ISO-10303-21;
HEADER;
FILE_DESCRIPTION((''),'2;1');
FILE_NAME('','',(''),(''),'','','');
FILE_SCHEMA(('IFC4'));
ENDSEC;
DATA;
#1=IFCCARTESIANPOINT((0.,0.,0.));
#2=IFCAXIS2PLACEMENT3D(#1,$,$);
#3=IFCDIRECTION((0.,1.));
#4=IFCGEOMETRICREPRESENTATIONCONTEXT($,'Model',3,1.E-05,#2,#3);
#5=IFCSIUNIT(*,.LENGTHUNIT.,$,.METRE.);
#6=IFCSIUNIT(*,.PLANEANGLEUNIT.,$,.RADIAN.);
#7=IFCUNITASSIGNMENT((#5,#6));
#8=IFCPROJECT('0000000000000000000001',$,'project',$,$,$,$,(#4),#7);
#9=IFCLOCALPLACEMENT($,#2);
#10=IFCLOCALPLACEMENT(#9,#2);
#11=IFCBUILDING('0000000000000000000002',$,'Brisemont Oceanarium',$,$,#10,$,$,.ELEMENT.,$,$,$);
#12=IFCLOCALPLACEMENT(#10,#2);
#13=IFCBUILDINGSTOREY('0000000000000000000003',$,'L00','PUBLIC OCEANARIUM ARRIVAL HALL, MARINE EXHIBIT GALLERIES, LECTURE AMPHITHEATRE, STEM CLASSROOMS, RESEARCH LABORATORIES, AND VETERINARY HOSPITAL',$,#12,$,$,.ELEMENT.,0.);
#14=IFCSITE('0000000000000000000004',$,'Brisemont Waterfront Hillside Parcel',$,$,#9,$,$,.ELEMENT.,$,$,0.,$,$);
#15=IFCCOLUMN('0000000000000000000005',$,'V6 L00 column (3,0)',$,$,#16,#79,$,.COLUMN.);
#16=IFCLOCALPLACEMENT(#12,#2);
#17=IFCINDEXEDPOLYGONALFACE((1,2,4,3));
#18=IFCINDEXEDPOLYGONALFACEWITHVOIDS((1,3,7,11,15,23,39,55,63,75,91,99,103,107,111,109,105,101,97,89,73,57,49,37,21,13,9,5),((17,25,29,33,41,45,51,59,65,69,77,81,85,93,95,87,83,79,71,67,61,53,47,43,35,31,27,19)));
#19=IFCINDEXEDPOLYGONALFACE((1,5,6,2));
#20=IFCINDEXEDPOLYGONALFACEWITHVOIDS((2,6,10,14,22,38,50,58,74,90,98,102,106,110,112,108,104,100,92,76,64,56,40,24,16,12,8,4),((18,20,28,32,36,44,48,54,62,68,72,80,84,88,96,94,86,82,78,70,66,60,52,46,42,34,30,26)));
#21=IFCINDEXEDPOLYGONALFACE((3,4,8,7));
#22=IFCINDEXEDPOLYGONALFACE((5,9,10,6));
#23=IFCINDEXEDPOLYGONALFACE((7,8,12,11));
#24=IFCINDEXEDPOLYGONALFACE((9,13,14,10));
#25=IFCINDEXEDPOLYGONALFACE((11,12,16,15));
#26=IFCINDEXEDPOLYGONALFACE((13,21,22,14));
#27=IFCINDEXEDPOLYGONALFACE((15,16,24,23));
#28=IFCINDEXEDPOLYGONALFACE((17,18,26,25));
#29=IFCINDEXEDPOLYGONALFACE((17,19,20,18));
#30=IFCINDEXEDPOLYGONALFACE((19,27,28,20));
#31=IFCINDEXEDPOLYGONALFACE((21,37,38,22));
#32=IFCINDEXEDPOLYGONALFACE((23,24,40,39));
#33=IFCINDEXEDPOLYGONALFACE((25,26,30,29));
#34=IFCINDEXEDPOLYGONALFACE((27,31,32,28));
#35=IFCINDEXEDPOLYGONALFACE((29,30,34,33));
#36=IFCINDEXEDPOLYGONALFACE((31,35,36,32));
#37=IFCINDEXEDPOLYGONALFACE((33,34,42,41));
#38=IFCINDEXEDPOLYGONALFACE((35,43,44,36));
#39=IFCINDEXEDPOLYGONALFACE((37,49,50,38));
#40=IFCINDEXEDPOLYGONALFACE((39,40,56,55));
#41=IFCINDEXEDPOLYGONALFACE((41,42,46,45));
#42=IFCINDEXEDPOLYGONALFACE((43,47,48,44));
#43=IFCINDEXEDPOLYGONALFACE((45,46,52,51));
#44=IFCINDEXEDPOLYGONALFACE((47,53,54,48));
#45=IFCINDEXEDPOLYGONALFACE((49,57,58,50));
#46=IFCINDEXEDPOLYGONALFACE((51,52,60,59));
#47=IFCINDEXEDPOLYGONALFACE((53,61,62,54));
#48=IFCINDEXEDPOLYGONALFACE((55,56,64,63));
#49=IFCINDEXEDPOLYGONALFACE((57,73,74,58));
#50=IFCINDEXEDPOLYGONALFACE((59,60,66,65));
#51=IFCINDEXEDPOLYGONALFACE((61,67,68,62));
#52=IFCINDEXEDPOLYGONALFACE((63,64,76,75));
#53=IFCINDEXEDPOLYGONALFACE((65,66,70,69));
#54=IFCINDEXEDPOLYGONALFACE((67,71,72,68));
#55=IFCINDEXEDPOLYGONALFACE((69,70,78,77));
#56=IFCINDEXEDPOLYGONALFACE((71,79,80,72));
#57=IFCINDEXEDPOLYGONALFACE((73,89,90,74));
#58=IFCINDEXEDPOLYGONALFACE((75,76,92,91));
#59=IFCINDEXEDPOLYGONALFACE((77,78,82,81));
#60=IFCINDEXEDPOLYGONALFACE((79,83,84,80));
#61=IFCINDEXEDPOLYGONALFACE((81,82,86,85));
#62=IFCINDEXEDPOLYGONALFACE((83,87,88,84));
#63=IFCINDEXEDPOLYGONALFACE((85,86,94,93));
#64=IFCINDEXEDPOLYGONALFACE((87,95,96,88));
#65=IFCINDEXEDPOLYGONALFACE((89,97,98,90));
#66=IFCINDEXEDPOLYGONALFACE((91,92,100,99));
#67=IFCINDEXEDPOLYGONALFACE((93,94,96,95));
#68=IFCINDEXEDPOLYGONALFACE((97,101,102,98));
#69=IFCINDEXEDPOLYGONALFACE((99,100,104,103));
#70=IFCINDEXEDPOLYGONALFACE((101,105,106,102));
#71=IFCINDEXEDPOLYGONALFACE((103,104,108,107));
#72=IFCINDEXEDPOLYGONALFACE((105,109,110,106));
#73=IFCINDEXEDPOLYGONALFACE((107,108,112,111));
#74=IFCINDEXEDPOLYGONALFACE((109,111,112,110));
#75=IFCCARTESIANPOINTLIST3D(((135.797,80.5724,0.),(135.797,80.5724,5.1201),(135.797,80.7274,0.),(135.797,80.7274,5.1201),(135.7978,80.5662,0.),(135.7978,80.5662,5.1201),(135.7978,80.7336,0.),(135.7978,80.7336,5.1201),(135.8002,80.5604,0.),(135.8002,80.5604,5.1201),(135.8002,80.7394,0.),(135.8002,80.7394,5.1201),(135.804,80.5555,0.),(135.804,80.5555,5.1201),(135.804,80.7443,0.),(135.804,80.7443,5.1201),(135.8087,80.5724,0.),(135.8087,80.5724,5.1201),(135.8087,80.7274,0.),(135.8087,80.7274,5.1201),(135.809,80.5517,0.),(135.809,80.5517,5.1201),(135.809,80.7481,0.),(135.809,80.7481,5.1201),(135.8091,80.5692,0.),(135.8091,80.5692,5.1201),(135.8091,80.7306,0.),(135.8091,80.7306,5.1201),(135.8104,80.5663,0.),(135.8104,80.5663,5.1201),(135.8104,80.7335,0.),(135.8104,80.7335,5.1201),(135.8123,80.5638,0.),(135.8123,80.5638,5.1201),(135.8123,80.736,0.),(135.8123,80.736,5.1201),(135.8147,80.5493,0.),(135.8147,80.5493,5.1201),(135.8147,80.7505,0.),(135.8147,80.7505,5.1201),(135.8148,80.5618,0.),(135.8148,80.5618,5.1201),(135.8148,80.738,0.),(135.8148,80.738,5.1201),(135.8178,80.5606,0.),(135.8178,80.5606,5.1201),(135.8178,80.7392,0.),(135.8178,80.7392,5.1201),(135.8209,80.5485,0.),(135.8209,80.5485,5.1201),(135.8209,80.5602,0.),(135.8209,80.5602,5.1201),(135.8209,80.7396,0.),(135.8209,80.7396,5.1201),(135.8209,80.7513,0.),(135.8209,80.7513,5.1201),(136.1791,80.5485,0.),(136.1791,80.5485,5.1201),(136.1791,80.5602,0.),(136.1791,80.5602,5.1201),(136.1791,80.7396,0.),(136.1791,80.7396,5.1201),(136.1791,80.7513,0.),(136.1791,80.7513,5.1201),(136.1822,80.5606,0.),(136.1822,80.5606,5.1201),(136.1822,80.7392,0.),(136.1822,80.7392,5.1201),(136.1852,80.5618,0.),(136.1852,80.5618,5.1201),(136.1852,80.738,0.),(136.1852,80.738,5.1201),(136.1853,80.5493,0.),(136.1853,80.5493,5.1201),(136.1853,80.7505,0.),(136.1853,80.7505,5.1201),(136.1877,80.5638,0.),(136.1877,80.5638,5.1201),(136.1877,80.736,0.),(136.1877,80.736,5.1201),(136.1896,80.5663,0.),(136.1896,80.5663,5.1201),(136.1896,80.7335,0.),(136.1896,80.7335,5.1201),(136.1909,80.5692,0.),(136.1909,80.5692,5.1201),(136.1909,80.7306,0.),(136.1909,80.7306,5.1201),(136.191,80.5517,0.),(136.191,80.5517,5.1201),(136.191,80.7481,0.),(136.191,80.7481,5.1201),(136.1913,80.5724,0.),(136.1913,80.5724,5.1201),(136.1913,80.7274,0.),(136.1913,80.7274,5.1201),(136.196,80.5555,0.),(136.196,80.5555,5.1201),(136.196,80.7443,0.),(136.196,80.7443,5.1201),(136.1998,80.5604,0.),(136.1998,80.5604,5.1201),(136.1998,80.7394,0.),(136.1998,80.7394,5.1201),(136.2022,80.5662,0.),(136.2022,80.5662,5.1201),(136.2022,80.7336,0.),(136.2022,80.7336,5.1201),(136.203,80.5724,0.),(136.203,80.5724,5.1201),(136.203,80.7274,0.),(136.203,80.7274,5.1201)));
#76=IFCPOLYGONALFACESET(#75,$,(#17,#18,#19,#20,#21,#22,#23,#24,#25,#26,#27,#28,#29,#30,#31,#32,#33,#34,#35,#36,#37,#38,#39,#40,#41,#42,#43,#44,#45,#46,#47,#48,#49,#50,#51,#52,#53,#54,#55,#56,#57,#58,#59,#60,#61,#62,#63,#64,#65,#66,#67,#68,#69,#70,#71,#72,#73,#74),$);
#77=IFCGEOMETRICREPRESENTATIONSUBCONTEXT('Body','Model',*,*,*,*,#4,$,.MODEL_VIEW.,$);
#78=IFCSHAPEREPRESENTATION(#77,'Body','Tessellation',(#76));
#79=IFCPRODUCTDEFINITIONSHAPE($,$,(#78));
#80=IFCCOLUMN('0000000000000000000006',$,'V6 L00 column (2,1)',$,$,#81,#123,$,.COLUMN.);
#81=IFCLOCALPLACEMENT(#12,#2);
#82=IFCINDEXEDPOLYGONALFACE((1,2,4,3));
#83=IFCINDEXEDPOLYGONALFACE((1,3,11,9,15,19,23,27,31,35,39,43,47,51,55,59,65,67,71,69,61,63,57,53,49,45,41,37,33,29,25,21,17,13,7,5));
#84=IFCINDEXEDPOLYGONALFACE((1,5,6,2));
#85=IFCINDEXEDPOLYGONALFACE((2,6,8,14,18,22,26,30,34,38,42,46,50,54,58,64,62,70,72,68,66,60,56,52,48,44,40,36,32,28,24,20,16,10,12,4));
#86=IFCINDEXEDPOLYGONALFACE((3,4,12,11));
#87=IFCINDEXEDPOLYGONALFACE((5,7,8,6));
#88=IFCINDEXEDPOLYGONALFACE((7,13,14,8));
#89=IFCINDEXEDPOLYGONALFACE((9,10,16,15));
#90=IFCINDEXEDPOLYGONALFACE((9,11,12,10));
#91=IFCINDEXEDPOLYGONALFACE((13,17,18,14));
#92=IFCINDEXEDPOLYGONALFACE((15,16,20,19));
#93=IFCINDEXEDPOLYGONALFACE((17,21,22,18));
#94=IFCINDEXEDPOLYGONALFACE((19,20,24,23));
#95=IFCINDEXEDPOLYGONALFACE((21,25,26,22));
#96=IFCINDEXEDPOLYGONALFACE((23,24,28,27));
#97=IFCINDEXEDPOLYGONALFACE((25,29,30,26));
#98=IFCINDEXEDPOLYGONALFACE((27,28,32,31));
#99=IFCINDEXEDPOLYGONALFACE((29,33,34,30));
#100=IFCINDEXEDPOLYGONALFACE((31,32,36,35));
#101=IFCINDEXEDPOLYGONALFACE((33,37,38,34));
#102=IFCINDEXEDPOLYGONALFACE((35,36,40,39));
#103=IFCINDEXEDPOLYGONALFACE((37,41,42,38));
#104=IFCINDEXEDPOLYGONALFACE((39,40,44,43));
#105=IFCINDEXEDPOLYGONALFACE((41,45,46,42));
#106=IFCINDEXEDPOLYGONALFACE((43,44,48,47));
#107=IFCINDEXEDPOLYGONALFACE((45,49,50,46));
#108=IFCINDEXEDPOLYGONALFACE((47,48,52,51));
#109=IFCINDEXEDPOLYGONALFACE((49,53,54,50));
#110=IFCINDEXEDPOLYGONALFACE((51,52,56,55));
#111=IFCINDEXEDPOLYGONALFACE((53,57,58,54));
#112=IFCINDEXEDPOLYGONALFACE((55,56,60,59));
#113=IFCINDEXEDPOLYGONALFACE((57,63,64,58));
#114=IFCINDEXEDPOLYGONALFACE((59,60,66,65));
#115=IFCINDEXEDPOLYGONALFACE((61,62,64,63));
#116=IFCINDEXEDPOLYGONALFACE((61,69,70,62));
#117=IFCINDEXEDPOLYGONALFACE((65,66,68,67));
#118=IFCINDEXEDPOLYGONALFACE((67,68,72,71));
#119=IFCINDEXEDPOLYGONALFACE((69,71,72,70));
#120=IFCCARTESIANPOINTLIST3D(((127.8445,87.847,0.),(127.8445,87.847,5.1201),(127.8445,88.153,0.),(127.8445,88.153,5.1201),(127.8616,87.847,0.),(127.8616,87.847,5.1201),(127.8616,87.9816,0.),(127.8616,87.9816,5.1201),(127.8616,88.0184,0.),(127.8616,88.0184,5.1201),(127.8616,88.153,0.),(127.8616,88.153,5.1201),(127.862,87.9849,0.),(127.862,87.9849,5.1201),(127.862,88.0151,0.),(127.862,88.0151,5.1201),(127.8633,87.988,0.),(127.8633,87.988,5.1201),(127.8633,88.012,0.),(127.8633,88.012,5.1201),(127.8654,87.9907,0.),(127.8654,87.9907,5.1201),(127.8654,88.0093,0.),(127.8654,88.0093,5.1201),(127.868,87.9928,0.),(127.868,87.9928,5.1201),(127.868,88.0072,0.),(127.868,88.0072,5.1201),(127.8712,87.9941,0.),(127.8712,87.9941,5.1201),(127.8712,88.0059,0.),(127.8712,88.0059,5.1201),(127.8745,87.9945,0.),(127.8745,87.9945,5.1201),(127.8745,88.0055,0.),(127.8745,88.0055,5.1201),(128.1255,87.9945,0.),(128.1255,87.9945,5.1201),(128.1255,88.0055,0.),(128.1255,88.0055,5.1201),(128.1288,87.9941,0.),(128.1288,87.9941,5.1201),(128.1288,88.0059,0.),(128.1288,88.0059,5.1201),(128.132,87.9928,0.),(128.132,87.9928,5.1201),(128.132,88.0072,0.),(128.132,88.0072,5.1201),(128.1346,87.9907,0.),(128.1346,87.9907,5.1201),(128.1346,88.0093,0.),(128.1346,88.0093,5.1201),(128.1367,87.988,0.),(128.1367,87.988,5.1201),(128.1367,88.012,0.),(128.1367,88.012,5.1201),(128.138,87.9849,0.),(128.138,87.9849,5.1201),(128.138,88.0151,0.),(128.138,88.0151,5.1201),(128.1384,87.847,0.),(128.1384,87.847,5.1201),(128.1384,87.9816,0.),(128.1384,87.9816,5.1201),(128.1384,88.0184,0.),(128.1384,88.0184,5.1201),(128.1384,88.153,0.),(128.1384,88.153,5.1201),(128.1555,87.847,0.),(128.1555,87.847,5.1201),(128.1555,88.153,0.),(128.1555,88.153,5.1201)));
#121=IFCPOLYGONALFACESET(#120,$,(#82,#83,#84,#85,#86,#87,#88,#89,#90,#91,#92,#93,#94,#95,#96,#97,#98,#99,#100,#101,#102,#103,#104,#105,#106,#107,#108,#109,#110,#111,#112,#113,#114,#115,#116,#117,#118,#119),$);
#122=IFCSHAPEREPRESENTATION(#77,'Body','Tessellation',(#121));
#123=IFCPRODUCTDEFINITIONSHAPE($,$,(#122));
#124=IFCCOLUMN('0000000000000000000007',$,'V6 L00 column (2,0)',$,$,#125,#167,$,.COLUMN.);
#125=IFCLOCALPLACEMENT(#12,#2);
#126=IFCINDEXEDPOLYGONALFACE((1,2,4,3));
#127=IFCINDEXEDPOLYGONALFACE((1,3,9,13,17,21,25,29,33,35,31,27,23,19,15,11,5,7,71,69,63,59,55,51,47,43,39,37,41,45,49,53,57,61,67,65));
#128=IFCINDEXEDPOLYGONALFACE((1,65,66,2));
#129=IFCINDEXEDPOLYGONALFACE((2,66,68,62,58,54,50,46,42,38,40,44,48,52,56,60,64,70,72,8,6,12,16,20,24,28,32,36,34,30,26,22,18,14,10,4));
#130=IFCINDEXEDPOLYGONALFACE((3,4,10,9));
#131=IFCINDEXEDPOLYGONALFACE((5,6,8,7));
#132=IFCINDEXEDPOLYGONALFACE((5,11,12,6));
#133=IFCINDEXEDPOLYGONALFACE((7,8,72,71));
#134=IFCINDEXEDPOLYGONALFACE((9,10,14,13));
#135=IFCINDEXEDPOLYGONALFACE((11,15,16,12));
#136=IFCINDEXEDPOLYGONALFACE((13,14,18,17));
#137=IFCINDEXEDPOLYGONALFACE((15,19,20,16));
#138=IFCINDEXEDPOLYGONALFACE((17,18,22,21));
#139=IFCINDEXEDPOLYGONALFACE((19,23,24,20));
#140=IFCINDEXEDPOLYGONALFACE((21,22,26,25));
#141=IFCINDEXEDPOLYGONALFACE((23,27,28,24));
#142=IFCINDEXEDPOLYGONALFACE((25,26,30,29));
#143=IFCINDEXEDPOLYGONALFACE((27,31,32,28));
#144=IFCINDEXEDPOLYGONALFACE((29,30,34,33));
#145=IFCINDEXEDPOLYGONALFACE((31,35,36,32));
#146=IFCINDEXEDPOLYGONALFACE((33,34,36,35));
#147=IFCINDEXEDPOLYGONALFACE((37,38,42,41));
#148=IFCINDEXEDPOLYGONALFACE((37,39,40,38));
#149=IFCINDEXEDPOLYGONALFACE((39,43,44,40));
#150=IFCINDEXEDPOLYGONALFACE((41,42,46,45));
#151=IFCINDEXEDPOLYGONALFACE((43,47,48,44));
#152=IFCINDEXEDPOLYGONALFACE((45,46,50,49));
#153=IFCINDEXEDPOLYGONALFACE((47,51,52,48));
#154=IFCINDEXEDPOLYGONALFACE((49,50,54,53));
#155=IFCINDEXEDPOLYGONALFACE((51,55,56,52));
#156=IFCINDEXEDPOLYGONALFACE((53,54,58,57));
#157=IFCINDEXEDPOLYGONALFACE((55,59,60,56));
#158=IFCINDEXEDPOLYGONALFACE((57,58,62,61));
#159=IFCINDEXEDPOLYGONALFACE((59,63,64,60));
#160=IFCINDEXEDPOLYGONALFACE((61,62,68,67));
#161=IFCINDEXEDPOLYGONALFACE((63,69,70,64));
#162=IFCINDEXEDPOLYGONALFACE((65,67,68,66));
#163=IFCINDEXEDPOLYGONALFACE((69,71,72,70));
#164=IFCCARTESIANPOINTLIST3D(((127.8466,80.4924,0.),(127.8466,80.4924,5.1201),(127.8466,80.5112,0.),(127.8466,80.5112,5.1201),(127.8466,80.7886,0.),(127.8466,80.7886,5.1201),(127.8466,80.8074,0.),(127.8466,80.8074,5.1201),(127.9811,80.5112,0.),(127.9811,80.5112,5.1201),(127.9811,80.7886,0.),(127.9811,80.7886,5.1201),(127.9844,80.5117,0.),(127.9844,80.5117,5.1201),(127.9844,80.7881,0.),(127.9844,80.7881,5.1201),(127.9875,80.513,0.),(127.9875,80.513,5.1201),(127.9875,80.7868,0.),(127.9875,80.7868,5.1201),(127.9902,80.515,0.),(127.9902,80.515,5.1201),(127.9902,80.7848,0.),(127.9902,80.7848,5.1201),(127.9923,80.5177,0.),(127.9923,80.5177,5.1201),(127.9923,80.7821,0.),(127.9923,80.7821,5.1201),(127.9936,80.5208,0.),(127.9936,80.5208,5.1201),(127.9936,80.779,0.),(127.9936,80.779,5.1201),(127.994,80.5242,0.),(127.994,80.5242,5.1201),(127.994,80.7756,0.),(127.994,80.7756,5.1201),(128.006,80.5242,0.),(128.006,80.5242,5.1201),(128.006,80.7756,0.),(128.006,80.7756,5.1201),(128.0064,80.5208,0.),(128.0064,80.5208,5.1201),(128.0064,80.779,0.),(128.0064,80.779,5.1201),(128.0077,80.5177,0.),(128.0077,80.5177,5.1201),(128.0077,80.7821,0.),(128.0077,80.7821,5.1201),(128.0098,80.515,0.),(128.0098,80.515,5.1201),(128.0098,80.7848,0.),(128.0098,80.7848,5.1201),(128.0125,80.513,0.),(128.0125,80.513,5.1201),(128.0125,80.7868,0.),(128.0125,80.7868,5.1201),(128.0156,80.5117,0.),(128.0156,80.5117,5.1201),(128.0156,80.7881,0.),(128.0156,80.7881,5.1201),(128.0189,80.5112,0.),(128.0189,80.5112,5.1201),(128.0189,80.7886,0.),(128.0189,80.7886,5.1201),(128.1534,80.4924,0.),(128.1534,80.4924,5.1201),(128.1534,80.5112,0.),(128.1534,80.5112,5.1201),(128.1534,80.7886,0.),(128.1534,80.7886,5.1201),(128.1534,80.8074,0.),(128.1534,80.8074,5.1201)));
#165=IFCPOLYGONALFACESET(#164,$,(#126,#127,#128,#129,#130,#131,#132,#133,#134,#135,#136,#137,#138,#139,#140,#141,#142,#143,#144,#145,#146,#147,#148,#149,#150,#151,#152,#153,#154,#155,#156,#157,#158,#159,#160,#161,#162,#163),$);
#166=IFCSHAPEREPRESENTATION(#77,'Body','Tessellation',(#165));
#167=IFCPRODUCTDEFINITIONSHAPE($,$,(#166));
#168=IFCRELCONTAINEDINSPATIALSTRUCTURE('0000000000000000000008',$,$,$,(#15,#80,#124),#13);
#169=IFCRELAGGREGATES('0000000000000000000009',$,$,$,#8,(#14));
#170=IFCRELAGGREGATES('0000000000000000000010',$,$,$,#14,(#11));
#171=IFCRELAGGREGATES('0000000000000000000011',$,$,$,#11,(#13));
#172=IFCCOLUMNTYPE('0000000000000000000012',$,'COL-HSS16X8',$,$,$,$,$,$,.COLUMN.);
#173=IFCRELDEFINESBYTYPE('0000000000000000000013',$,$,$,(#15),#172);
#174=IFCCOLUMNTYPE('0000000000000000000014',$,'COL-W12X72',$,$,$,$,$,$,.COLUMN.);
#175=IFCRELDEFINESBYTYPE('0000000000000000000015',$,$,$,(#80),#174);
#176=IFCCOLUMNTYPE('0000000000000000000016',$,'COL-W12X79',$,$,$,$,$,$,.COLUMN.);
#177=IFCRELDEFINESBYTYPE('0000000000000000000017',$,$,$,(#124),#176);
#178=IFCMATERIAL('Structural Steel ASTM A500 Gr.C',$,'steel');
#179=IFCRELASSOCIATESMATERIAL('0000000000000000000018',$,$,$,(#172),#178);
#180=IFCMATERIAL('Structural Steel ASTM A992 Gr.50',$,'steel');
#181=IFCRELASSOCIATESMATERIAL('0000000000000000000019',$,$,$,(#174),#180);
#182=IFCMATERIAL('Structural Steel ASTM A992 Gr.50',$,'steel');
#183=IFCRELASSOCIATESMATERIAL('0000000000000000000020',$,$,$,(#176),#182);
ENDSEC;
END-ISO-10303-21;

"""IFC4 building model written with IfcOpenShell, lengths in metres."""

from ifc_helpers import new_model, si_unit, direction, frame, origin, origin_2d, place, context, subcontext, project, spatial, hollow_rectangle, i_section, extrude, material, material_profile, profile_set, type_object, element, save


model = new_model("IFC4")

# Units and contexts
model_context = context("Model", 3, precision=1e-05, world=origin(), true_north=direction((0.0, 1.0)))
body_context = subcontext(model_context, "Body", "Model", "MODEL_VIEW")
ifc_project = project(units=[si_unit("LENGTHUNIT", "METRE"), si_unit("PLANEANGLEUNIT", "RADIAN")], contexts=[model_context])

# Site, building, storey
site_placement = place(None, origin())
site = spatial("IfcSite", under=ifc_project, at=site_placement, Name="Brisemont Waterfront Hillside Parcel", CompositionType="ELEMENT", RefElevation=0.0)
building_placement = place(site_placement, origin())
building = spatial("IfcBuilding", under=site, at=building_placement, Name="Brisemont Oceanarium", CompositionType="ELEMENT")
storey_placement = place(building_placement, origin())
storey = spatial("IfcBuildingStorey", under=building, at=storey_placement, Name="L00", Description="PUBLIC OCEANARIUM ARRIVAL HALL, MARINE EXHIBIT GALLERIES, LECTURE AMPHITHEATRE, STEM CLASSROOMS, RESEARCH LABORATORIES, AND VETERINARY HOSPITAL", CompositionType="ELEMENT", Elevation=0.0)

# Columns
ifc_material_1 = material(Name="Structural Steel ASTM A500 Gr.C", Category="steel")
ifc_material_profile_1 = material_profile(ifc_material_1, hollow_rectangle(XDim=0.2029, YDim=0.406, WallThickness=0.0117, InnerFilletRadius=0.0122, OuterFilletRadius=0.0239, at=origin_2d()), Name="HSS16X8X1/2")
ifc_profile_set_1 = profile_set([ifc_material_profile_1], Name="Structural Steel ASTM A500 Gr.C")
column_type_1 = type_object("IfcColumnType", Name="COL-HSS16X8", PredefinedType="COLUMN", material=ifc_profile_set_1)
column_1_placement = place(storey_placement, frame((136.0, 80.6499, 0.0), z_axis=(0.0, 0.0, 1.0), x_axis=(0.0, 1.0, 0.0)))
element("IfcColumn", 1, at=column_1_placement, inside=storey, type_object=column_type_1, Name="V6 L00 column (3,0)", PredefinedType="COLUMN", context=body_context, shape_type="SweptSolid", body=[
    extrude(hollow_rectangle(XDim=0.2029, YDim=0.406, WallThickness=0.0117, InnerFilletRadius=0.0122, OuterFilletRadius=0.0239, at=origin_2d()), origin(), (0.0, 0.0, 1.0), 5.1201),
])
ifc_material_2 = material(Name="Structural Steel ASTM A992 Gr.50", Category="steel")
ifc_material_profile_2 = material_profile(ifc_material_2, i_section(OverallWidth=0.3059, OverallDepth=0.311, WebThickness=0.011, FlangeThickness=0.0171, FilletRadius=0.0129, at=origin_2d()), Name="W12X72")
ifc_profile_set_2 = profile_set([ifc_material_profile_2], Name="Structural Steel ASTM A992 Gr.50")
column_type_2 = type_object("IfcColumnType", Name="COL-W12X72", PredefinedType="COLUMN", material=ifc_profile_set_2)
column_2_placement = place(storey_placement, frame((128.0, 88.0, 0.0), z_axis=(0.0, 0.0, 1.0), x_axis=(0.0, 1.0, 0.0)))
element("IfcColumn", 2, at=column_2_placement, inside=storey, type_object=column_type_2, Name="V6 L00 column (2,1)", PredefinedType="COLUMN", context=body_context, shape_type="SweptSolid", body=[
    extrude(i_section(OverallWidth=0.3059, OverallDepth=0.311, WebThickness=0.011, FlangeThickness=0.0171, FilletRadius=0.0129, at=origin_2d()), origin(), (0.0, 0.0, 1.0), 5.1201),
])
ifc_material_3 = material(Name="Structural Steel ASTM A992 Gr.50", Category="steel")
ifc_material_profile_3 = material_profile(ifc_material_3, i_section(OverallWidth=0.3069, OverallDepth=0.3149, WebThickness=0.012, FlangeThickness=0.0188, FilletRadius=0.0129, at=origin_2d()), Name="W12X79")
ifc_profile_set_3 = profile_set([ifc_material_profile_3], Name="Structural Steel ASTM A992 Gr.50")
column_type_3 = type_object("IfcColumnType", Name="COL-W12X79", PredefinedType="COLUMN", material=ifc_profile_set_3)
column_3_placement = place(storey_placement, frame((128.0, 80.6499, 0.0), z_axis=(0.0, 0.0, 1.0), x_axis=(1.0, 0.0, 0.0)))
element("IfcColumn", 3, at=column_3_placement, inside=storey, type_object=column_type_3, Name="V6 L00 column (2,0)", PredefinedType="COLUMN", context=body_context, shape_type="SweptSolid", body=[
    extrude(i_section(OverallWidth=0.3069, OverallDepth=0.3149, WebThickness=0.012, FlangeThickness=0.0188, FilletRadius=0.0129, at=origin_2d()), origin(), (0.0, 0.0, 1.0), 5.1201),
])

save(model, "model.ifc")
